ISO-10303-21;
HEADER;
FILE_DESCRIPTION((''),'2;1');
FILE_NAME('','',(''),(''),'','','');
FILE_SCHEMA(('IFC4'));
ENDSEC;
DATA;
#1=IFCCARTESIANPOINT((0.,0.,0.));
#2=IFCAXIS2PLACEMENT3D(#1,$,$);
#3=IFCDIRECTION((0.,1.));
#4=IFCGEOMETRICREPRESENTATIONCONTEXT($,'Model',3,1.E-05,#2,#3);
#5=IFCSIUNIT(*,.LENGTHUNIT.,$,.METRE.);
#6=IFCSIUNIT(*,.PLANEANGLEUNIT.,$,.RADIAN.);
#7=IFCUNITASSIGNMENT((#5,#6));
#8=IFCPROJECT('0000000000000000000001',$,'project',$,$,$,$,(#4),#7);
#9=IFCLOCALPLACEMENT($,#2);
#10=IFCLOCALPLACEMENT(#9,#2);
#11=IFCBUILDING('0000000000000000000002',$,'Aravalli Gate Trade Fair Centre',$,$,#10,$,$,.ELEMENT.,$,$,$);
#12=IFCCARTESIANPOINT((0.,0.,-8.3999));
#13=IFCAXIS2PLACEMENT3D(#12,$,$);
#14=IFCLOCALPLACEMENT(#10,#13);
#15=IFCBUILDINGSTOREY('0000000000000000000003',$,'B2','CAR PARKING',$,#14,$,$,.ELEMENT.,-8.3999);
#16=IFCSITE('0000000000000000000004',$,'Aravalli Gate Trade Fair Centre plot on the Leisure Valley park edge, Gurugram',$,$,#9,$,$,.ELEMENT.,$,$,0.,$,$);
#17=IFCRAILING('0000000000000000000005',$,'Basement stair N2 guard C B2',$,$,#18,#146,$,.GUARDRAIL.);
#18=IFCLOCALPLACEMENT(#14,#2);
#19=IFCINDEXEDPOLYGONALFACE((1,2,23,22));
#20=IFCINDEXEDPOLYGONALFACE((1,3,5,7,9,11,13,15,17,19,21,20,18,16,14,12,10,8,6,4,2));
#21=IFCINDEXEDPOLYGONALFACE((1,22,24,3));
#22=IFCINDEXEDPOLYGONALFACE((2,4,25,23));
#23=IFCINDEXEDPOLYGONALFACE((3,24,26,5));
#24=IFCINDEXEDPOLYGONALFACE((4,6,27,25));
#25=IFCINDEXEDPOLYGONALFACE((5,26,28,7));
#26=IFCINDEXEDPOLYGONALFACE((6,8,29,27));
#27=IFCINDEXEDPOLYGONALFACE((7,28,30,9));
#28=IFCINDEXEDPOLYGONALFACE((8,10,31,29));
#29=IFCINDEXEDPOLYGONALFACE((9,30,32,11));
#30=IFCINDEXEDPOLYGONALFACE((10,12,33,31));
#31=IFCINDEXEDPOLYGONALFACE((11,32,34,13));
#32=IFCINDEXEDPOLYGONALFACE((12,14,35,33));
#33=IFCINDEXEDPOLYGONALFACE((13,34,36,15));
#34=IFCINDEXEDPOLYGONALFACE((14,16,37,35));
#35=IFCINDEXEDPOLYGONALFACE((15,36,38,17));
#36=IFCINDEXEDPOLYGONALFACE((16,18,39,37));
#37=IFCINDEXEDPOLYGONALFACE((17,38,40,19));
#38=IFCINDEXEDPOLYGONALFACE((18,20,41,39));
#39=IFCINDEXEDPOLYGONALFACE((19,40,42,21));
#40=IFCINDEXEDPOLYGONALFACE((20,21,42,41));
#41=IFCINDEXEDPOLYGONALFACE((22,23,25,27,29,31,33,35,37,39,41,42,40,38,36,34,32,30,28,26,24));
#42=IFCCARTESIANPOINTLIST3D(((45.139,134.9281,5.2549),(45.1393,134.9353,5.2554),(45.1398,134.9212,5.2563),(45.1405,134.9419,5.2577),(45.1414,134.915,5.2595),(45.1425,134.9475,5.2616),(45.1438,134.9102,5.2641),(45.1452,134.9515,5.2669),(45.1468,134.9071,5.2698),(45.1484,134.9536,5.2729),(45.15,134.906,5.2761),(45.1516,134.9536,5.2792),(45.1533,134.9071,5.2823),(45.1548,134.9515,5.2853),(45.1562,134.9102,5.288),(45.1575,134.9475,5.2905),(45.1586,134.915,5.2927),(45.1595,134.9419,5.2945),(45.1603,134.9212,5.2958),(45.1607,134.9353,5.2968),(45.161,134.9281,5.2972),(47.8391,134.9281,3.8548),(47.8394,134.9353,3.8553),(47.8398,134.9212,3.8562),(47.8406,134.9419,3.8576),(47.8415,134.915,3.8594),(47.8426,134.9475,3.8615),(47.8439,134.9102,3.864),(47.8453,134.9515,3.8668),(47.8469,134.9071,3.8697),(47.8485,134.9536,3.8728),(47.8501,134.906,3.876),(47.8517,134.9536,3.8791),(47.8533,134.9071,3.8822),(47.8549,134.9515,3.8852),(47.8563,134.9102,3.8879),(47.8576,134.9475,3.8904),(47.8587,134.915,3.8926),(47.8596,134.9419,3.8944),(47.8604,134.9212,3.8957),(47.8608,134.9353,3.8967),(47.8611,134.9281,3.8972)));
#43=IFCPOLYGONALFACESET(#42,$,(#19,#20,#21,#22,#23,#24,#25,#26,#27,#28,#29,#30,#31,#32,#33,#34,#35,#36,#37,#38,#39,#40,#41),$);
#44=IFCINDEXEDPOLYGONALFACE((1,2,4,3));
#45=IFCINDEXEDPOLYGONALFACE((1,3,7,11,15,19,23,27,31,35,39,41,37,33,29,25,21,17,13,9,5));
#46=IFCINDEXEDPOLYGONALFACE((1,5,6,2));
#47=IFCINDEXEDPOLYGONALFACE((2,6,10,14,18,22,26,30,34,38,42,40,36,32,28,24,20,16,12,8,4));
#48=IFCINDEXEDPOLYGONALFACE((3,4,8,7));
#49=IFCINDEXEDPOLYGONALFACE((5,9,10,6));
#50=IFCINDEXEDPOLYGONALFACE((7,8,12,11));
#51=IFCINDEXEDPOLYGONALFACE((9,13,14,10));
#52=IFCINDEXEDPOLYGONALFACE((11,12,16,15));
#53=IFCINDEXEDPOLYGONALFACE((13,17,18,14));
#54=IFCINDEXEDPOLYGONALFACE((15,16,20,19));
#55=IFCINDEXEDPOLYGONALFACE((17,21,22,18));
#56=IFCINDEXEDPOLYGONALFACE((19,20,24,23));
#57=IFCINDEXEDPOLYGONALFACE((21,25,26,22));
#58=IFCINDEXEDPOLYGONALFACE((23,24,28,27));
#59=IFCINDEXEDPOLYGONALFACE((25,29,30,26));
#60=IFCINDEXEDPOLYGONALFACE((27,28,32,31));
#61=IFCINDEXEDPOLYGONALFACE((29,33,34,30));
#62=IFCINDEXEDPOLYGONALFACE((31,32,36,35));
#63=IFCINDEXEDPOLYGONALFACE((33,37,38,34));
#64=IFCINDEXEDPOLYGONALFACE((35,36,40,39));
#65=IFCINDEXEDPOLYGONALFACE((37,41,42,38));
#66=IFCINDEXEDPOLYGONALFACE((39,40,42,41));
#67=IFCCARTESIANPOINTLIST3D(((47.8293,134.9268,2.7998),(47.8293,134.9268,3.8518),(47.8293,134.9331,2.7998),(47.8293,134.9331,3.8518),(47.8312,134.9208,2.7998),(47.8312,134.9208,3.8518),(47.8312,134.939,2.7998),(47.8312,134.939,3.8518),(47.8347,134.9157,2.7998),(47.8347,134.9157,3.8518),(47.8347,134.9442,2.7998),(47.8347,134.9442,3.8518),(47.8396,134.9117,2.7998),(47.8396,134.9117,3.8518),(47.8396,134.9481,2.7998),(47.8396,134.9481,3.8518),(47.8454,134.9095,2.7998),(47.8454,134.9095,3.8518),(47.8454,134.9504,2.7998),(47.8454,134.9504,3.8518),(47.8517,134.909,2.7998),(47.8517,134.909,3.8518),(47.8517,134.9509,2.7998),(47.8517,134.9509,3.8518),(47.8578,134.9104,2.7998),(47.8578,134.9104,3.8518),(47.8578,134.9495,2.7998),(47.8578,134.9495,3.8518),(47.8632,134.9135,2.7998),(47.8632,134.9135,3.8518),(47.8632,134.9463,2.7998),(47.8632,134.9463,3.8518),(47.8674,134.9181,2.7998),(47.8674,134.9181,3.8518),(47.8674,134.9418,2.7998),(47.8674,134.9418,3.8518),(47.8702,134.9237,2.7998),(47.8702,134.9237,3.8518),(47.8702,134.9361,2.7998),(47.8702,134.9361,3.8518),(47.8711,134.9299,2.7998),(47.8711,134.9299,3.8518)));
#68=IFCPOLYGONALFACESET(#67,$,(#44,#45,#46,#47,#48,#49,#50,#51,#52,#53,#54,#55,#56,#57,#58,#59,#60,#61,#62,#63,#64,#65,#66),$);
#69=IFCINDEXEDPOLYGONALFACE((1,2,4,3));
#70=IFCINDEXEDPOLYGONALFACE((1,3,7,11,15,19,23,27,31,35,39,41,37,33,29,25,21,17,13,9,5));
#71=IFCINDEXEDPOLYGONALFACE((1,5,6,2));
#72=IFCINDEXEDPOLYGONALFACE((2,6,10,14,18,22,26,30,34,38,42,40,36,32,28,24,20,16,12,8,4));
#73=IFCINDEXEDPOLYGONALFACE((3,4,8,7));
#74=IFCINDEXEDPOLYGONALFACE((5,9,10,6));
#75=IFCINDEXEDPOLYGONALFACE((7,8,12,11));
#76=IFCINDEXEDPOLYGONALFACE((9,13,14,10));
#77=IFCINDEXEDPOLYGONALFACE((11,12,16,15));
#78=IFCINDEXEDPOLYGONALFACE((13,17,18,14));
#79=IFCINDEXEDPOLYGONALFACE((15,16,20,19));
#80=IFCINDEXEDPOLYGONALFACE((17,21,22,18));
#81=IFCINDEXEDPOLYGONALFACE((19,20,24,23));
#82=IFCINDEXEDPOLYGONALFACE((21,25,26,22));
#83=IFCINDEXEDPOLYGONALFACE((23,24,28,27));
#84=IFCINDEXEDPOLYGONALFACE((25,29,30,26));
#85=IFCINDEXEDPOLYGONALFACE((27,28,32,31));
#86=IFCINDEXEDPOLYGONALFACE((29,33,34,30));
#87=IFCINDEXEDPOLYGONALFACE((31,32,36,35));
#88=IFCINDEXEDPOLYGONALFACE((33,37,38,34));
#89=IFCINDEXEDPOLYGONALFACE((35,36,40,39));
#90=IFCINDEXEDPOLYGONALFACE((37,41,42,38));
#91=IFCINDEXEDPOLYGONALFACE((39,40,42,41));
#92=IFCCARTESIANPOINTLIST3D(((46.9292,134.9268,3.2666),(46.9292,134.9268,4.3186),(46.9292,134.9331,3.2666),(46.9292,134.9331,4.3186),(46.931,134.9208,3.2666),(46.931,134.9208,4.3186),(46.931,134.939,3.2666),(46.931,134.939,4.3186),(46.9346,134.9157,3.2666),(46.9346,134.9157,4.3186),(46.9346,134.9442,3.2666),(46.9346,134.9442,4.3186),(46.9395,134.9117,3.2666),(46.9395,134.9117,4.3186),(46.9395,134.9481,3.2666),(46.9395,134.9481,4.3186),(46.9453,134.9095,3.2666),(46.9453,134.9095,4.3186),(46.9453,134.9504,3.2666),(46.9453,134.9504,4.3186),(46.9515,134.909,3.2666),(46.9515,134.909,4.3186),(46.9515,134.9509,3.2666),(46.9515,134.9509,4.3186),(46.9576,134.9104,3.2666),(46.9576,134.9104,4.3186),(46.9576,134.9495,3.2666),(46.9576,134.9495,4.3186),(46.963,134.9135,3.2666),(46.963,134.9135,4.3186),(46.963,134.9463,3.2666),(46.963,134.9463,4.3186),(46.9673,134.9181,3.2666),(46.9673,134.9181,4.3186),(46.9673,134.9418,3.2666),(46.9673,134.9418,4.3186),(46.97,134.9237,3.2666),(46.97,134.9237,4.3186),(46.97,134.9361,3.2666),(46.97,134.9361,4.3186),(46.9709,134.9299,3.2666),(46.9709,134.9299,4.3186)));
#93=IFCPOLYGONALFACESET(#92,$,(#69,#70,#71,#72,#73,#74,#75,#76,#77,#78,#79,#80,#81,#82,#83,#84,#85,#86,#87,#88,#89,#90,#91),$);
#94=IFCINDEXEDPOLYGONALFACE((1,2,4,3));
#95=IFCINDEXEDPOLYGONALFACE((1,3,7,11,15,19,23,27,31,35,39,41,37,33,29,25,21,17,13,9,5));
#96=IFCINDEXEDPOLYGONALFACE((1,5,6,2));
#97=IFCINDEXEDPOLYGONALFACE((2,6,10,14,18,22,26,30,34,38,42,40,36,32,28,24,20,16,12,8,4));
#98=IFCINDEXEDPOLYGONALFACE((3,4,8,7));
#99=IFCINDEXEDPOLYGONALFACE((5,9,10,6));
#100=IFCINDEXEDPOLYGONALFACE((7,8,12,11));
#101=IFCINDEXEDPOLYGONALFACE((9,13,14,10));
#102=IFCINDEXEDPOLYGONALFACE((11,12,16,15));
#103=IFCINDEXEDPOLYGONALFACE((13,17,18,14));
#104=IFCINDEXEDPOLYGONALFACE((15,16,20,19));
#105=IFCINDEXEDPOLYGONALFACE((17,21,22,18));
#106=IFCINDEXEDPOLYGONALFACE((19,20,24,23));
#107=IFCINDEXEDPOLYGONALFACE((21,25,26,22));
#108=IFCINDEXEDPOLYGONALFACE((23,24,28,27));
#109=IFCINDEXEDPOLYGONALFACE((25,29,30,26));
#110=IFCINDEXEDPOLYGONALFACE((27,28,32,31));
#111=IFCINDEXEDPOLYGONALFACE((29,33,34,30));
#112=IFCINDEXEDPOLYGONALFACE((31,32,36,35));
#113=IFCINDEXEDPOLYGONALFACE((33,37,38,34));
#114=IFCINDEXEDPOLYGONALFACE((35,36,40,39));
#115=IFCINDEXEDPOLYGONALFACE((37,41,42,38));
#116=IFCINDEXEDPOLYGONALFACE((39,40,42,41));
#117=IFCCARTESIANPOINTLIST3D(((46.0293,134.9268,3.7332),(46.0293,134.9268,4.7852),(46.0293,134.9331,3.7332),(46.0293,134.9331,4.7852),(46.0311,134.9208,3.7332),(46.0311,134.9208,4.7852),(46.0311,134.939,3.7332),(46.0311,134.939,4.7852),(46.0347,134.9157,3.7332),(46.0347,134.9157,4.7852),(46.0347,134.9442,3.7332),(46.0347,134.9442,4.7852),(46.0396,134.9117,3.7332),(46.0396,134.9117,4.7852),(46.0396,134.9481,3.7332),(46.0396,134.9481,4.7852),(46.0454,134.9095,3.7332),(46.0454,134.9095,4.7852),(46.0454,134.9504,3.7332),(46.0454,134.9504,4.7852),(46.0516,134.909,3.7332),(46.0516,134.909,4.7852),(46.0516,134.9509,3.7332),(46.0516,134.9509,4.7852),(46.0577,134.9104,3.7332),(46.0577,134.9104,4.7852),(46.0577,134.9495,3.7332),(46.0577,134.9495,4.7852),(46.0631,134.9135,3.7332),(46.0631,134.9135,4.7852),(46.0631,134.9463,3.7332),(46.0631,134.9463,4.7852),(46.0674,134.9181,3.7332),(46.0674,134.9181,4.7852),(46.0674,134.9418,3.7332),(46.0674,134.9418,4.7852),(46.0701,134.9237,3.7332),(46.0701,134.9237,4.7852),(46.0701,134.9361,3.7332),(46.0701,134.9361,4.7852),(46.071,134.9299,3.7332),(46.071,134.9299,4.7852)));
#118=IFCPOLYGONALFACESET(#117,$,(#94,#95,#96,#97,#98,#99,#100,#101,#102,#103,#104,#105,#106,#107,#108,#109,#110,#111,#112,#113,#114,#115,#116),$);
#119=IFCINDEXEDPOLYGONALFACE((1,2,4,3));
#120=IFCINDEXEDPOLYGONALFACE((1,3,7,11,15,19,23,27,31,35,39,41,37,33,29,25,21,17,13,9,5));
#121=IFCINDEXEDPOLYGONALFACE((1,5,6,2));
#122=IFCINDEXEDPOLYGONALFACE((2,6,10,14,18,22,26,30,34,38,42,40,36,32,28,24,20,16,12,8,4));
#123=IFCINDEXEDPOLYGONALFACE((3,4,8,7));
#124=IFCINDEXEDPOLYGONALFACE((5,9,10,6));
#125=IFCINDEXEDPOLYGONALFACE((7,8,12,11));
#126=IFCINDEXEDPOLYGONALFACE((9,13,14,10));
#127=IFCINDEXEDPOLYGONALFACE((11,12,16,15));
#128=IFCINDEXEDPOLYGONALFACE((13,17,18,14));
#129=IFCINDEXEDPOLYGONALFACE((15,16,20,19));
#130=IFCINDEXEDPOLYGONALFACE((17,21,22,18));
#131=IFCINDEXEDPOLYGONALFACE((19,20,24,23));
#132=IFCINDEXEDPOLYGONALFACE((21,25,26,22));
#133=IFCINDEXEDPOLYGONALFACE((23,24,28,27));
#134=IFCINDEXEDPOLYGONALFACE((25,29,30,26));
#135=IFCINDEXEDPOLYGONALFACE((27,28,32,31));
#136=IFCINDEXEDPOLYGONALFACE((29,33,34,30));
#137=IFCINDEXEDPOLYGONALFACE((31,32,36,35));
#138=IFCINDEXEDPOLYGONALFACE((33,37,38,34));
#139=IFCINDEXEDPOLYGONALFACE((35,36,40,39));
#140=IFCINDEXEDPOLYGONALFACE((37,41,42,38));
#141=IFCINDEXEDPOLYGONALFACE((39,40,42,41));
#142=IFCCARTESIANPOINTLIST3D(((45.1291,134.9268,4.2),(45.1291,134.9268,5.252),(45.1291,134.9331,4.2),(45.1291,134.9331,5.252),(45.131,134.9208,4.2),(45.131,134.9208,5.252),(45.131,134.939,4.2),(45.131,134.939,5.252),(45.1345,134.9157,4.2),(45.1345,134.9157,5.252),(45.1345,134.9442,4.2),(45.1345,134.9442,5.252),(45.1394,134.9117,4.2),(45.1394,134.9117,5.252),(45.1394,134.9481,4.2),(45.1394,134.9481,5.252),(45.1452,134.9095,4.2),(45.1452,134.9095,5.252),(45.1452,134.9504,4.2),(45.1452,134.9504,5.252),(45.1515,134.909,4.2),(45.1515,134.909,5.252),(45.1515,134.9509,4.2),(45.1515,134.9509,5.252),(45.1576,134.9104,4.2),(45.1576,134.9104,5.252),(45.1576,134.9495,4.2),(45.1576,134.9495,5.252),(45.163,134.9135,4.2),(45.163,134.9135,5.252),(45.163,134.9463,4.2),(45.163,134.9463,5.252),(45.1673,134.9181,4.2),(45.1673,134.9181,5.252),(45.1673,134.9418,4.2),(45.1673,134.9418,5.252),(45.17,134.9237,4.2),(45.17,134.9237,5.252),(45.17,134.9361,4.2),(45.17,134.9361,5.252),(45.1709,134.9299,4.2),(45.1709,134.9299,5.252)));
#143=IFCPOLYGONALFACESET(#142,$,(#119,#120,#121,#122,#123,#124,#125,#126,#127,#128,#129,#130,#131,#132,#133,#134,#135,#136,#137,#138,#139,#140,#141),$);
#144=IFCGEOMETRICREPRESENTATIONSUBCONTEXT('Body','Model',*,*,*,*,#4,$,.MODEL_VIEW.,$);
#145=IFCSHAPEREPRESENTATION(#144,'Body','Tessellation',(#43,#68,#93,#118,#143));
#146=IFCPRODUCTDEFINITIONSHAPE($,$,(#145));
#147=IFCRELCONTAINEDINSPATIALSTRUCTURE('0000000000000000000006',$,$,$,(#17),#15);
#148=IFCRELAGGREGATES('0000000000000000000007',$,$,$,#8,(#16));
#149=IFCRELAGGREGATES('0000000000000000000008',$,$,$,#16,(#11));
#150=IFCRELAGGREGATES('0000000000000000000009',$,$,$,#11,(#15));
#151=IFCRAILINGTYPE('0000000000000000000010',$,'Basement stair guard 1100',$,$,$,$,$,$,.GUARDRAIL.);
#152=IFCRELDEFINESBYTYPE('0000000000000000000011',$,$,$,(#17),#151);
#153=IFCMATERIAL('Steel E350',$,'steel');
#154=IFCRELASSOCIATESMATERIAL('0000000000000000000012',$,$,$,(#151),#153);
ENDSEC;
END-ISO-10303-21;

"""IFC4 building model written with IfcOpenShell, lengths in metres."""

from ifc_helpers import new_model, si_unit, direction, frame, origin, origin_2d, place, context, subcontext, project, spatial, circle, extrude, material, type_object, element, save


model = new_model("IFC4")

# Units and contexts
model_context = context("Model", 3, precision=1e-05, world=origin(), true_north=direction((0.0, 1.0)))
body_context = subcontext(model_context, "Body", "Model", "MODEL_VIEW")
ifc_project = project(units=[si_unit("LENGTHUNIT", "METRE"), si_unit("PLANEANGLEUNIT", "RADIAN")], contexts=[model_context])

# Site, building, storey
site_placement = place(None, origin())
site = spatial("IfcSite", under=ifc_project, at=site_placement, Name="Aravalli Gate Trade Fair Centre plot on the Leisure Valley park edge, Gurugram", CompositionType="ELEMENT", RefElevation=0.0)
building_placement = place(site_placement, origin())
building = spatial("IfcBuilding", under=site, at=building_placement, Name="Aravalli Gate Trade Fair Centre", CompositionType="ELEMENT")
storey_placement = place(building_placement, frame((0.0, 0.0, -8.3999)))
storey = spatial("IfcBuildingStorey", under=building, at=storey_placement, Name="B2", Description="CAR PARKING", CompositionType="ELEMENT", Elevation=-8.3999)

# Railing
ifc_material_1 = material(Name="Steel E350", Category="steel")
railing_type_1 = type_object("IfcRailingType", Name="Basement stair guard 1100", PredefinedType="GUARDRAIL", material=ifc_material_1)
railing_1_placement = place(storey_placement, frame((47.8501, 134.9299, 2.7998)))
element("IfcRailing", 1, at=railing_1_placement, inside=storey, type_object=railing_type_1, Name="Basement stair N2 guard C B2", PredefinedType="GUARDRAIL", context=body_context, shape_type="SweptSolid", body=[
    extrude(circle(Radius=0.0239, at=origin_2d()), frame((0.0, 0.0, 1.0762), z_axis=(-0.887748, 0.0, 0.460329), x_axis=(0.0, -1.0, 0.0)), (0.0, 0.0, 1.0), 3.0415),
    extrude(circle(Radius=0.021, at=origin_2d()), origin(), (0.0, 0.0, 1.0), 1.052),
    extrude(circle(Radius=0.021, at=origin_2d()), frame((-0.9001, 0.0, 0.4668)), (0.0, 0.0, 1.0), 1.052),
    extrude(circle(Radius=0.021, at=origin_2d()), frame((-1.8, 0.0, 0.9333)), (0.0, 0.0, 1.0), 1.052),
    extrude(circle(Radius=0.021, at=origin_2d()), frame((-2.7002, 0.0, 1.4001)), (0.0, 0.0, 1.0), 1.052),
])

save(model, "model.ifc")
